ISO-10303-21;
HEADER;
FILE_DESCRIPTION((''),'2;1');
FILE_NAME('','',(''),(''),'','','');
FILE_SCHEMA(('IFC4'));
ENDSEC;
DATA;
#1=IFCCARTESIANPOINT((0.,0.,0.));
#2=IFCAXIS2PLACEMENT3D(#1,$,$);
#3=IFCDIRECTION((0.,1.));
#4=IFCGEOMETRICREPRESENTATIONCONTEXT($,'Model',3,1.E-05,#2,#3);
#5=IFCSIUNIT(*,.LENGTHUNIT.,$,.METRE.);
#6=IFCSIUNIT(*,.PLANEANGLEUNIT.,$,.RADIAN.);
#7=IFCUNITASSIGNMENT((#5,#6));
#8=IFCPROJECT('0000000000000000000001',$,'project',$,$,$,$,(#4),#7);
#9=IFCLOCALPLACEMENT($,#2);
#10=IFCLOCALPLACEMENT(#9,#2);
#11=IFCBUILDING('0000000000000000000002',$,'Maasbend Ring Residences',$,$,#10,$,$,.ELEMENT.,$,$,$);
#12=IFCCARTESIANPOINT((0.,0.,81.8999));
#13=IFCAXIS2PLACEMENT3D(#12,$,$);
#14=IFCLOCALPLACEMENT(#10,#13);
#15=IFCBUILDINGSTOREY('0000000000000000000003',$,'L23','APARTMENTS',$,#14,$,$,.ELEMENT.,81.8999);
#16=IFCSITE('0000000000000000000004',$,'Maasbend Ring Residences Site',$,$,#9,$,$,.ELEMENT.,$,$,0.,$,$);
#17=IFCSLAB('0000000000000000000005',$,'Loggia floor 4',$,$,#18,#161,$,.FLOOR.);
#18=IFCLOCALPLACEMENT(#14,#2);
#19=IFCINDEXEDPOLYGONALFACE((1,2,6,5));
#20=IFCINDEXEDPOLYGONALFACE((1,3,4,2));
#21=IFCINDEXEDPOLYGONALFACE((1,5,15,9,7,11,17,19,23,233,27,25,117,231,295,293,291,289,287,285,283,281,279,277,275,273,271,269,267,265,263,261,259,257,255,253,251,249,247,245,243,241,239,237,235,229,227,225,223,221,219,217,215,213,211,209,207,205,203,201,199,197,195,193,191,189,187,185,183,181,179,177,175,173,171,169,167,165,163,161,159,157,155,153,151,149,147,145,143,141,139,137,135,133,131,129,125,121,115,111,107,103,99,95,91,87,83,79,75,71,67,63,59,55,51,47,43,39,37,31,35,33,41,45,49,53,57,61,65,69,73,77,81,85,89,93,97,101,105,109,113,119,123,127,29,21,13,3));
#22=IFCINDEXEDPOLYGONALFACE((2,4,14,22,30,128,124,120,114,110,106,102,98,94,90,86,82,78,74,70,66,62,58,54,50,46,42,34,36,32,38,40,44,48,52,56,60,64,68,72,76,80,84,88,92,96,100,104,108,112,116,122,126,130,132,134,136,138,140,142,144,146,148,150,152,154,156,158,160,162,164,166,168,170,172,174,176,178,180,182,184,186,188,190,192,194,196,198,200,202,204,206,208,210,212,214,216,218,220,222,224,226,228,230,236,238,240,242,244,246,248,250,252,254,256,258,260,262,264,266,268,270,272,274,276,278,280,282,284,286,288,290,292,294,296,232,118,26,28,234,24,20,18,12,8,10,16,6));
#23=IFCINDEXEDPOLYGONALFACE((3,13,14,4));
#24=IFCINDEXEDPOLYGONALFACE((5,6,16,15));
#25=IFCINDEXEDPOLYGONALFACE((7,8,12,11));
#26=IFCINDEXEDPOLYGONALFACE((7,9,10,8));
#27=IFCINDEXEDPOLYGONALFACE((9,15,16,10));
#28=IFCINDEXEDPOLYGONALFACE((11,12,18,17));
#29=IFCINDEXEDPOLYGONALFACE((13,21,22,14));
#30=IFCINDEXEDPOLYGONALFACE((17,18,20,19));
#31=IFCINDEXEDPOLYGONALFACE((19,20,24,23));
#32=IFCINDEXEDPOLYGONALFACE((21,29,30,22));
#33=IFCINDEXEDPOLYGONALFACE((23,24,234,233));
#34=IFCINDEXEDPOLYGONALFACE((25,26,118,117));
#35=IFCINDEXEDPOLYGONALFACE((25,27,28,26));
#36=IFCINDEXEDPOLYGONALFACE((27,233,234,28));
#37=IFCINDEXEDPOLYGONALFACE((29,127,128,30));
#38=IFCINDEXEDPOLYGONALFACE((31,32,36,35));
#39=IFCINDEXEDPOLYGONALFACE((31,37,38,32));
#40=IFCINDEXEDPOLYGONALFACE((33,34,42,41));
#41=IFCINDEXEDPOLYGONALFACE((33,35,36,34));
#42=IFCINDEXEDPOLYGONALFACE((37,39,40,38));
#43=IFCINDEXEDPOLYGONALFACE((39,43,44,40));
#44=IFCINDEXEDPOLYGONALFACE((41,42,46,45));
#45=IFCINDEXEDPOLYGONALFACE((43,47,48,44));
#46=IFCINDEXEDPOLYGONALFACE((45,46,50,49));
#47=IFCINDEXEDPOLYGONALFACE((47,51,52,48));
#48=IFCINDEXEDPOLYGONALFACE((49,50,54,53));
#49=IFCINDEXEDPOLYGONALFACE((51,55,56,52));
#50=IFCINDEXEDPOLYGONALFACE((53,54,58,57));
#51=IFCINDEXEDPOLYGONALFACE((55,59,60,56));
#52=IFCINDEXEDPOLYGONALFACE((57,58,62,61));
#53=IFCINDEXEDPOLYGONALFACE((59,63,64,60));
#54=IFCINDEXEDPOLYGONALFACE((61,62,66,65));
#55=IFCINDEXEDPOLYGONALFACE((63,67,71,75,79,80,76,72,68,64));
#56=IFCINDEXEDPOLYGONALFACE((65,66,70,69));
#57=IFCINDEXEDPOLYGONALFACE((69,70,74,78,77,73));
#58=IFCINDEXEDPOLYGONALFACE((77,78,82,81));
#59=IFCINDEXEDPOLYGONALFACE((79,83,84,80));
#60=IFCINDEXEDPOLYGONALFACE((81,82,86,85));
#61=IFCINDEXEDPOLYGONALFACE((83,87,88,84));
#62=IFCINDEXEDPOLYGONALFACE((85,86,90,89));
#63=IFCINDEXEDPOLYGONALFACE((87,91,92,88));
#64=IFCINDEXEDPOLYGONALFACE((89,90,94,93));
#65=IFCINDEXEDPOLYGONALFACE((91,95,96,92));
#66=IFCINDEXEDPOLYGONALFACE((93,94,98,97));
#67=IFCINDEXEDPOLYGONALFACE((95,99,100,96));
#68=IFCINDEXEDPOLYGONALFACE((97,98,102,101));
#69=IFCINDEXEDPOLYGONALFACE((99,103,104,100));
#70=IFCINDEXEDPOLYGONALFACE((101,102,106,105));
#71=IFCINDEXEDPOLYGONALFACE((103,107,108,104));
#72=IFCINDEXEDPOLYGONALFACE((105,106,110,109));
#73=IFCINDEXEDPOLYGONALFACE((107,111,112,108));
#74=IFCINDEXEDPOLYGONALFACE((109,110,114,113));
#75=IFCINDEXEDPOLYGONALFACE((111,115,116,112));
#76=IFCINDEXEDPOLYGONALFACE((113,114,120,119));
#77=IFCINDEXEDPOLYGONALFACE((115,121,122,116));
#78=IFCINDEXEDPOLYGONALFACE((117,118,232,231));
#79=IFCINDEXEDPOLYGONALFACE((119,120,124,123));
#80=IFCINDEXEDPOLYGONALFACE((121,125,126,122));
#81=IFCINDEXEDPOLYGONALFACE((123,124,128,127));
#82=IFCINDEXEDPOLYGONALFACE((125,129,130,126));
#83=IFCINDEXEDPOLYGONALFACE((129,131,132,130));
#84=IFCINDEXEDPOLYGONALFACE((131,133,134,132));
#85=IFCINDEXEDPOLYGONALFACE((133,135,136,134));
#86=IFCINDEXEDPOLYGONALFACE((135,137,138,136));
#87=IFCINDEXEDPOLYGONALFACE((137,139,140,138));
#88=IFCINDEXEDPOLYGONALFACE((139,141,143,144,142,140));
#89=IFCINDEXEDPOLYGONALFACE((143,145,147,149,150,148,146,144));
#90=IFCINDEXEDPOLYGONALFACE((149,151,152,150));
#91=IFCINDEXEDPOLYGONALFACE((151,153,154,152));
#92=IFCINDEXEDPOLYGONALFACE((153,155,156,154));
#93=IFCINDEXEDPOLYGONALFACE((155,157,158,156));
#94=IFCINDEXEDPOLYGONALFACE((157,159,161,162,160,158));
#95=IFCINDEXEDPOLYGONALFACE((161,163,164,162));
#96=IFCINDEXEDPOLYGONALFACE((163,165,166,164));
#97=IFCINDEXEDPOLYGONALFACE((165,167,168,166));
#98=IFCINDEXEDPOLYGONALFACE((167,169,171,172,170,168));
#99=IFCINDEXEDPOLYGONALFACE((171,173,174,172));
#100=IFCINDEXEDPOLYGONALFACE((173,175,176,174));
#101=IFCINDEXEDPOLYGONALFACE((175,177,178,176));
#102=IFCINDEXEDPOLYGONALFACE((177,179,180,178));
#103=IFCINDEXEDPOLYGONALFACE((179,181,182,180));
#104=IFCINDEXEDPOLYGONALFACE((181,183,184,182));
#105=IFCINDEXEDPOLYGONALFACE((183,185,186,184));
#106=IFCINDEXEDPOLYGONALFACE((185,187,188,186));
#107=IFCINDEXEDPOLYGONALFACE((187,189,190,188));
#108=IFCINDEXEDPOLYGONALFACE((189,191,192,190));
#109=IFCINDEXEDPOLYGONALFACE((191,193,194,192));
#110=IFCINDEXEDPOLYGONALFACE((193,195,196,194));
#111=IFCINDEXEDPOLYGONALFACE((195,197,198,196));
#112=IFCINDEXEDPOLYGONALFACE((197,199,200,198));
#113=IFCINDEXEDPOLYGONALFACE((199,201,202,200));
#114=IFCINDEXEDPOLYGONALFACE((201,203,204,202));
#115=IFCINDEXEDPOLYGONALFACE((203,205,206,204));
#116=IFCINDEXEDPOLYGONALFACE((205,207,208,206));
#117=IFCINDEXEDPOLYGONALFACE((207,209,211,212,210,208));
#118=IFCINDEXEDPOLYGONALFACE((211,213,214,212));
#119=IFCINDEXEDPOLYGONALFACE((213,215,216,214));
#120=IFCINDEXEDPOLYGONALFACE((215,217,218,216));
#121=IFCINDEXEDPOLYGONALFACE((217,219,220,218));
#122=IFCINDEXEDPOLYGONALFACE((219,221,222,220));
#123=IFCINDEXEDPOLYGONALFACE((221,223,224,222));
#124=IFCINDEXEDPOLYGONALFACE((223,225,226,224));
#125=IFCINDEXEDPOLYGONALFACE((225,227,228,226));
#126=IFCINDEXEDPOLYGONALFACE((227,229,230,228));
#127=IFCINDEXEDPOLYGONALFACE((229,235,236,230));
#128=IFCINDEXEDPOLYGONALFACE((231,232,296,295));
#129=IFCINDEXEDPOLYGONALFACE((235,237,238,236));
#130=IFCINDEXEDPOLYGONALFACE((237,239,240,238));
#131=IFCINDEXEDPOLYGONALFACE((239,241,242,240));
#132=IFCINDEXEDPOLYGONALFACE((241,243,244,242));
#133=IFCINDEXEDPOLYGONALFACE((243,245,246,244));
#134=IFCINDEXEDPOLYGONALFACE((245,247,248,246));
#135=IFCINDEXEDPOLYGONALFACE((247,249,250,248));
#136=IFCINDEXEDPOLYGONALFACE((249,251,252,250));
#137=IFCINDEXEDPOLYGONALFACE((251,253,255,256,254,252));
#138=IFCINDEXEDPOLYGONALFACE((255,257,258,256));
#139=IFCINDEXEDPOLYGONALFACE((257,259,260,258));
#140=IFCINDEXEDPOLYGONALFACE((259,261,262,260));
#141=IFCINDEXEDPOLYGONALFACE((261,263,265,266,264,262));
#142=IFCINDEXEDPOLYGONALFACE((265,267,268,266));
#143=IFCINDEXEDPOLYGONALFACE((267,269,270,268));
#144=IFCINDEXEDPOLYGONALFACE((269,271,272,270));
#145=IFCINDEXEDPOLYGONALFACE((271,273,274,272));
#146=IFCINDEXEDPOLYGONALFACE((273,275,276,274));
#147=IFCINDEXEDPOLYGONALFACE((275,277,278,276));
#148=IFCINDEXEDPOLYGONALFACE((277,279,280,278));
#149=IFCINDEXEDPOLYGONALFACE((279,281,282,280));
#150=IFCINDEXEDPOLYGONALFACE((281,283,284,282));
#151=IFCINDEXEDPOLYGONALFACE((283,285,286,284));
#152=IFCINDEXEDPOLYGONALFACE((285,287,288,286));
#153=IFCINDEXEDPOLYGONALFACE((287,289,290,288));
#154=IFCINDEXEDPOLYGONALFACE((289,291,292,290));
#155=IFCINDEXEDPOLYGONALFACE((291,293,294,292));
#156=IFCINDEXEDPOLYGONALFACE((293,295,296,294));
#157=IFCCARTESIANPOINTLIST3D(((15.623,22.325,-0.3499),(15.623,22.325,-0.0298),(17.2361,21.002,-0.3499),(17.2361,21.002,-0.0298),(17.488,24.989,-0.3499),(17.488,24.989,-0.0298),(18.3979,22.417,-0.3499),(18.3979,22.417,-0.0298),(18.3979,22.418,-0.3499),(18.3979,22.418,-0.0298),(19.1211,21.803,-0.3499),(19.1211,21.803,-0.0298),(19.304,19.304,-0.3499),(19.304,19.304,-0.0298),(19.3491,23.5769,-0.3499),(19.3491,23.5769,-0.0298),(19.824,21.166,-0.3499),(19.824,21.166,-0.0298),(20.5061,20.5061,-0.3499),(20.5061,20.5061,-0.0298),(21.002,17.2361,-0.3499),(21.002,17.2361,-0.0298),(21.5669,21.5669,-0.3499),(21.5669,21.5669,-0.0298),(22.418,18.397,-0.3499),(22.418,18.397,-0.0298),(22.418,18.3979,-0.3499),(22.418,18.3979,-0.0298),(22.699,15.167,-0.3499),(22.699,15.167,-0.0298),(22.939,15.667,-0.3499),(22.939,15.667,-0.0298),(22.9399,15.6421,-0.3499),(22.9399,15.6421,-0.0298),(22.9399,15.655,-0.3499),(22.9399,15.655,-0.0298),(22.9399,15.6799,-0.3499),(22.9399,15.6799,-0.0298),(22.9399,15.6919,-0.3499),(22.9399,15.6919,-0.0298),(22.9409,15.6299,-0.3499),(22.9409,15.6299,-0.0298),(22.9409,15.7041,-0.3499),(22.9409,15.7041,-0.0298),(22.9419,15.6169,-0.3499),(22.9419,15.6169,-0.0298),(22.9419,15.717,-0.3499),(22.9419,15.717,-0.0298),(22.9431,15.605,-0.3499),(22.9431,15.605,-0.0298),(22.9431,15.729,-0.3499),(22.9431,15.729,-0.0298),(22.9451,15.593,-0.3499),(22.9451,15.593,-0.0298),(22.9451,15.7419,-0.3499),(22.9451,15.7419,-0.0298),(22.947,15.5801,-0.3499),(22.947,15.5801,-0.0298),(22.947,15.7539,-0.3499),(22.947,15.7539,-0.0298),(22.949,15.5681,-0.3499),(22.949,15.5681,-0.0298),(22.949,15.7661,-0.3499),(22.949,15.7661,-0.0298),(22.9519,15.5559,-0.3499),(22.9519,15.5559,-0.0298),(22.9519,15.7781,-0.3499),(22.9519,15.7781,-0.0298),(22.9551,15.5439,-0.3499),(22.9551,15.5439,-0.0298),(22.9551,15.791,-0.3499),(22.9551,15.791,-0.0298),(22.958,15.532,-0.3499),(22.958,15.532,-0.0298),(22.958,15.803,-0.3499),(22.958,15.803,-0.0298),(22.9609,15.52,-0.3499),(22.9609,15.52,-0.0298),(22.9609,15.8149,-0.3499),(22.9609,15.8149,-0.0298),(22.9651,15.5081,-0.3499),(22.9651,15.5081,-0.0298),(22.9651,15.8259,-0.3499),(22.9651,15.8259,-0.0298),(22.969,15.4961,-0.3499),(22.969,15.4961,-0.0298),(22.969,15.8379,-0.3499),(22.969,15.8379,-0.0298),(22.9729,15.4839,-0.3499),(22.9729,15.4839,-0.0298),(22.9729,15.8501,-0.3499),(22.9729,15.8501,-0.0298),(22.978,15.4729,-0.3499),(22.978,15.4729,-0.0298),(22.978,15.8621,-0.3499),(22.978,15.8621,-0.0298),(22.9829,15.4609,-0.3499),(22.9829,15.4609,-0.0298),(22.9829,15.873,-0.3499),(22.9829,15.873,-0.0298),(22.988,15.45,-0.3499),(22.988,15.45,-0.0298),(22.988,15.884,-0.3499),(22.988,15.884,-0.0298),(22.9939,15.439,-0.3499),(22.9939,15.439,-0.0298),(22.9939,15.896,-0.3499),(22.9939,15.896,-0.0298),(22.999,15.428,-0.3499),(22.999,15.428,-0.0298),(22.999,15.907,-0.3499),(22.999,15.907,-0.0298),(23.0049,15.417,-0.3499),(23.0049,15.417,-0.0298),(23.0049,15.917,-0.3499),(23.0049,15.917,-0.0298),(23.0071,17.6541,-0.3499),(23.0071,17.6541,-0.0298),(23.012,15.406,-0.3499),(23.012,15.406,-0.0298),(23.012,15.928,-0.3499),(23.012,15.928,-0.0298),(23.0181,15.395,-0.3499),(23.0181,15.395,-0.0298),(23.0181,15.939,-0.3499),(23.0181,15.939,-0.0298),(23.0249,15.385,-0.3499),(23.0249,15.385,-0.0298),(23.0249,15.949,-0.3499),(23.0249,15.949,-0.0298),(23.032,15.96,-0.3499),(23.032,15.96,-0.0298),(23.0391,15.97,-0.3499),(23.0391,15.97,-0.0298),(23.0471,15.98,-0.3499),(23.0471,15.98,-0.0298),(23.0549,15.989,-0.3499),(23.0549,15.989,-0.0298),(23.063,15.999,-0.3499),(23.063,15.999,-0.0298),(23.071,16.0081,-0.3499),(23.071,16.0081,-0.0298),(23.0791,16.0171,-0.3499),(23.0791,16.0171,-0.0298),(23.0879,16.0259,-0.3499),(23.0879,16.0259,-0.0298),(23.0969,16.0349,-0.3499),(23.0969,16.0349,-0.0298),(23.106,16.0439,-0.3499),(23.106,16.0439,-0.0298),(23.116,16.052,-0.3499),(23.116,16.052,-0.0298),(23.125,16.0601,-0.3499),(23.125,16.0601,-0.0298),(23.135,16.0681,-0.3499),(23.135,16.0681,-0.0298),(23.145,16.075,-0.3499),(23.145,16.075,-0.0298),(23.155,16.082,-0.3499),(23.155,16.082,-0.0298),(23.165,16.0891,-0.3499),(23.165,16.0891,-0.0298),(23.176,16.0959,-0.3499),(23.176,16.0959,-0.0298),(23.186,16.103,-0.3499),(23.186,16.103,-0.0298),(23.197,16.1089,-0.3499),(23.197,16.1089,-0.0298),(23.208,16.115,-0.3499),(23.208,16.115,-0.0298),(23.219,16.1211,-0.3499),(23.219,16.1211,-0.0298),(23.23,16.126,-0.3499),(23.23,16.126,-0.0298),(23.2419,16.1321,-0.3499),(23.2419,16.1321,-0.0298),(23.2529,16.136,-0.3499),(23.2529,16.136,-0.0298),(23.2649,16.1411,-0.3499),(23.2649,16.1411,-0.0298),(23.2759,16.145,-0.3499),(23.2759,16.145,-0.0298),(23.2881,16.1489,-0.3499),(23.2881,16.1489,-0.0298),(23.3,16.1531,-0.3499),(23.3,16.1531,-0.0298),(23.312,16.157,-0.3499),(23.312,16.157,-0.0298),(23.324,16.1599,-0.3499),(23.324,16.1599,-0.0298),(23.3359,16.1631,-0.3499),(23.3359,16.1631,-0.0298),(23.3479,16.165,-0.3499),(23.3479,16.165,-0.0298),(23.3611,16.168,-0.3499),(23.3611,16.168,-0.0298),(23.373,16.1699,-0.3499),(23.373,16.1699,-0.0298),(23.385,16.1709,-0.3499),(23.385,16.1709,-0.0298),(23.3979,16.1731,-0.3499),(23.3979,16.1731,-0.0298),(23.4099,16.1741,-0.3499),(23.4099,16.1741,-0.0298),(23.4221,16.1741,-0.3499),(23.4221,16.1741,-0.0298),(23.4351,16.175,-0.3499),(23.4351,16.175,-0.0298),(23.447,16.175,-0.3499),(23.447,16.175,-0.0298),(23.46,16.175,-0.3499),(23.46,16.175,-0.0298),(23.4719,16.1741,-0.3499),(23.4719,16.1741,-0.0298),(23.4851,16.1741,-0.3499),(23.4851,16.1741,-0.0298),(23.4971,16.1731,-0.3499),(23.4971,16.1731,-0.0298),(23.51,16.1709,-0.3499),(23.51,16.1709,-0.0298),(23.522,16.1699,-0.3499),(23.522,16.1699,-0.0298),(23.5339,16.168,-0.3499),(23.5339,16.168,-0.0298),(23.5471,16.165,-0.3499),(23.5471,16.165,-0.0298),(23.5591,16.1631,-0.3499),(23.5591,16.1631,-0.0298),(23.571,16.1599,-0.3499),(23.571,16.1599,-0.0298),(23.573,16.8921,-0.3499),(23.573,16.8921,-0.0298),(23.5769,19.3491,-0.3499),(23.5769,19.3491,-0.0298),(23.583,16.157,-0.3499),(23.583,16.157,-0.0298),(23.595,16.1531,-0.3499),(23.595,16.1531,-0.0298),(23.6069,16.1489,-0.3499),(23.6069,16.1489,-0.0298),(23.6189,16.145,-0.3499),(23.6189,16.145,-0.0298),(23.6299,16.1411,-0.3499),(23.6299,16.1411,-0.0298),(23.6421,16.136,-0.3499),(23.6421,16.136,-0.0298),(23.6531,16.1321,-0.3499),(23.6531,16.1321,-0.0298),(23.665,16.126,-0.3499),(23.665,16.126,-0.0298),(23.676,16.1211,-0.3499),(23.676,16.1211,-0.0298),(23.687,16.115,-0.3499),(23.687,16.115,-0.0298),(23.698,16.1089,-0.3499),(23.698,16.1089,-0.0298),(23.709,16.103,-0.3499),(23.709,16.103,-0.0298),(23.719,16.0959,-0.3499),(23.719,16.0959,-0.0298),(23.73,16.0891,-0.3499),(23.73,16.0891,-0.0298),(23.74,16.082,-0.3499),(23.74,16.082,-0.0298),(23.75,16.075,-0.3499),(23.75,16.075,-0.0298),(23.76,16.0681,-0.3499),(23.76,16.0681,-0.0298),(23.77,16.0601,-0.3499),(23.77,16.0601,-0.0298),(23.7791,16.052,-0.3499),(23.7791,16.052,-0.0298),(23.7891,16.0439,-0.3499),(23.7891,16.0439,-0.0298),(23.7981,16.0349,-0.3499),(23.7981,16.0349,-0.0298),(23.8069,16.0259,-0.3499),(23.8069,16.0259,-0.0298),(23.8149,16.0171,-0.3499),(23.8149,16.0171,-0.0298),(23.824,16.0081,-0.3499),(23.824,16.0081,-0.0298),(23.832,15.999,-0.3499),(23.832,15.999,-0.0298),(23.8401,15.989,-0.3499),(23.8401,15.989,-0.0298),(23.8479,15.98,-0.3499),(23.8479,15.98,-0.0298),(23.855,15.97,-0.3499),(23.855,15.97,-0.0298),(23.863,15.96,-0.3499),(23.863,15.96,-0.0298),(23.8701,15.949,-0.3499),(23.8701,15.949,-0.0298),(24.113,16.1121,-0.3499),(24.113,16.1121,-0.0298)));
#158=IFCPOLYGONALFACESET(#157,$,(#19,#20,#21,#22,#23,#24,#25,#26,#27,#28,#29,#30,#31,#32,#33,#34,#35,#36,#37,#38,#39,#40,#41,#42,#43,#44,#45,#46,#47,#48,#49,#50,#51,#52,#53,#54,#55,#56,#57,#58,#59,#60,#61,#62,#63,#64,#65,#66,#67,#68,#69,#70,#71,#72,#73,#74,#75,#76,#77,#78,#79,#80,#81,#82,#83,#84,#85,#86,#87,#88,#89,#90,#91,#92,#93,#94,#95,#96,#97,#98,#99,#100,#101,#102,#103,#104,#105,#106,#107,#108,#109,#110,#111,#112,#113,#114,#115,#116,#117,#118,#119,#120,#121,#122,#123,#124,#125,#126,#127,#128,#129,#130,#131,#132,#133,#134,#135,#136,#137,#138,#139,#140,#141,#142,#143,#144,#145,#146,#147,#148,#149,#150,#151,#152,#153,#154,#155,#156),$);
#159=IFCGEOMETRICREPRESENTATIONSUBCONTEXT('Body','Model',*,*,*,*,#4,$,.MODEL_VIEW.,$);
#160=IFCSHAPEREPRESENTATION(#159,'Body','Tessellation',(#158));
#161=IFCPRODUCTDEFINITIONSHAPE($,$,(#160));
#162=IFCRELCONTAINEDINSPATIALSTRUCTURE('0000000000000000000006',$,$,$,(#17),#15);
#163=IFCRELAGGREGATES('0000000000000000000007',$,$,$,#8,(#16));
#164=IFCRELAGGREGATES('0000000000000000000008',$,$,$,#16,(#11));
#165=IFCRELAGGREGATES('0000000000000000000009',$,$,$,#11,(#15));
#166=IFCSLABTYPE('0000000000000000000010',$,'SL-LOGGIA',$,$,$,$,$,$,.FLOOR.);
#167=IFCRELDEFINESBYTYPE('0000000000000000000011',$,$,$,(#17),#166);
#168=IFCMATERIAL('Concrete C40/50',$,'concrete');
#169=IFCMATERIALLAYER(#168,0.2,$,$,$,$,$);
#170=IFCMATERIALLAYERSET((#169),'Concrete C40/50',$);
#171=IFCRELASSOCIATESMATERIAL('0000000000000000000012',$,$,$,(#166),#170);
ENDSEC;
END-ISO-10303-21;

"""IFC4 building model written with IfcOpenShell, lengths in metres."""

from ifc_helpers import new_model, si_unit, direction, frame, origin, place, context, subcontext, project, spatial, polyline, outline, extrude, material, layer, layer_set, type_object, element, save


model = new_model("IFC4")

# Units and contexts
model_context = context("Model", 3, precision=1e-05, world=origin(), true_north=direction((0.0, 1.0)))
body_context = subcontext(model_context, "Body", "Model", "MODEL_VIEW")
ifc_project = project(units=[si_unit("LENGTHUNIT", "METRE"), si_unit("PLANEANGLEUNIT", "RADIAN")], contexts=[model_context])

# Site, building, storey
site_placement = place(None, origin())
site = spatial("IfcSite", under=ifc_project, at=site_placement, Name="Maasbend Ring Residences Site", CompositionType="ELEMENT", RefElevation=0.0)
building_placement = place(site_placement, origin())
building = spatial("IfcBuilding", under=site, at=building_placement, Name="Maasbend Ring Residences", CompositionType="ELEMENT")
storey_placement = place(building_placement, frame((0.0, 0.0, 81.8999)))
storey = spatial("IfcBuildingStorey", under=building, at=storey_placement, Name="L23", Description="APARTMENTS", CompositionType="ELEMENT", Elevation=81.8999)

# Slab
ifc_material_1 = material(Name="Concrete C40/50", Category="concrete")
ifc_layer_1 = layer(ifc_material_1, 0.2)
ifc_layer_set_1 = layer_set([ifc_layer_1], Name="Concrete C40/50")
slab_type_1 = type_object("IfcSlabType", Name="SL-LOGGIA", PredefinedType="FLOOR", material=ifc_layer_set_1)
slab_1_placement = place(storey_placement, frame((0.0, 0.0, -0.3499)))
element("IfcSlab", 1, at=slab_1_placement, inside=storey, type_object=slab_type_1, Name="Loggia floor 4", PredefinedType="FLOOR", context=body_context, shape_type="SweptSolid", body=[
    extrude(outline(polyline([(19.3491, 23.5769), (19.3491, 23.5769), (19.3491, 23.5769), (18.3979, 22.418), (18.3979, 22.418), (18.3979, 22.418), (18.3979, 22.418), (18.3979, 22.418), (18.3979, 22.417), (18.3979, 22.417), (18.3979, 22.417), (18.3979, 22.417), (18.3979, 22.417), (18.3979, 22.417), (18.3979, 22.417), (18.3979, 22.417), (18.3979, 22.417), (18.3979, 22.417), (18.3979, 22.417), (18.3979, 22.417), (19.1211, 21.803), (19.1211, 21.803), (19.824, 21.166), (19.824, 21.166), (20.5061, 20.5061), (20.5061, 20.5061), (20.5061, 20.5061), (20.5061, 20.5061), (20.5061, 20.5061), (20.5061, 20.5061), (20.5061, 20.5061), (20.5061, 20.5061), (20.5061, 20.5061), (20.5061, 20.5061), (20.5061, 20.5061), (20.5061, 20.5061), (20.5061, 20.5061), (20.5061, 20.5061), (20.5061, 20.5061), (20.5061, 20.5061), (20.5061, 20.5061), (21.5669, 21.5669), (21.5669, 21.5669), (21.5669, 21.5669), (23.5769, 19.3491), (23.5769, 19.3491), (23.5769, 19.3491), (22.418, 18.3979), (22.418, 18.3979), (22.418, 18.3979), (22.418, 18.3979), (22.418, 18.3979), (22.418, 18.3979), (22.418, 18.397), (22.418, 18.397), (22.418, 18.397), (22.418, 18.397), (22.418, 18.397), (22.418, 18.397), (22.418, 18.397), (22.418, 18.397), (22.418, 18.397), (22.418, 18.397), (22.418, 18.397), (23.0071, 17.6541), (23.0071, 17.6541), (23.573, 16.8921), (23.573, 16.8921), (24.113, 16.1121), (24.113, 16.1121), (24.113, 16.1121), (23.8701, 15.949), (23.8701, 15.949), (23.863, 15.96), (23.855, 15.97), (23.8479, 15.98), (23.8401, 15.989), (23.832, 15.999), (23.824, 16.0081), (23.8149, 16.0171), (23.8069, 16.0259), (23.7981, 16.0349), (23.7891, 16.0439), (23.7791, 16.052), (23.77, 16.0601), (23.76, 16.0681), (23.75, 16.075), (23.74, 16.082), (23.73, 16.0891), (23.719, 16.0959), (23.709, 16.103), (23.698, 16.1089), (23.687, 16.115), (23.676, 16.1211), (23.665, 16.126), (23.6531, 16.1321), (23.6421, 16.136), (23.6299, 16.1411), (23.6189, 16.145), (23.6069, 16.1489), (23.595, 16.1531), (23.583, 16.157), (23.571, 16.1599), (23.5591, 16.1631), (23.5471, 16.165), (23.5339, 16.168), (23.522, 16.1699), (23.51, 16.1709), (23.4971, 16.1731), (23.4851, 16.1741), (23.4719, 16.1741), (23.46, 16.175), (23.447, 16.175), (23.4351, 16.175), (23.4221, 16.1741), (23.4099, 16.1741), (23.3979, 16.1731), (23.385, 16.1709), (23.373, 16.1699), (23.3611, 16.168), (23.3479, 16.165), (23.3359, 16.1631), (23.324, 16.1599), (23.312, 16.157), (23.3, 16.1531), (23.2881, 16.1489), (23.2759, 16.145), (23.2649, 16.1411), (23.2529, 16.136), (23.2419, 16.1321), (23.23, 16.126), (23.219, 16.1211), (23.208, 16.115), (23.197, 16.1089), (23.186, 16.103), (23.176, 16.0959), (23.165, 16.0891), (23.155, 16.082), (23.145, 16.075), (23.135, 16.0681), (23.125, 16.0601), (23.116, 16.052), (23.106, 16.0439), (23.0969, 16.0349), (23.0879, 16.0259), (23.0791, 16.0171), (23.071, 16.0081), (23.063, 15.999), (23.0549, 15.989), (23.0471, 15.98), (23.0391, 15.97), (23.032, 15.96), (23.0249, 15.949), (23.0181, 15.939), (23.012, 15.928), (23.0049, 15.917), (22.999, 15.907), (22.9939, 15.896), (22.988, 15.884), (22.9829, 15.873), (22.978, 15.8621), (22.9729, 15.8501), (22.969, 15.8379), (22.9651, 15.8259), (22.9609, 15.8149), (22.958, 15.803), (22.9551, 15.791), (22.9519, 15.7781), (22.949, 15.7661), (22.947, 15.7539), (22.9451, 15.7419), (22.9431, 15.729), (22.9419, 15.717), (22.9409, 15.7041), (22.9399, 15.6919), (22.9399, 15.6799), (22.939, 15.667), (22.9399, 15.655), (22.9399, 15.6421), (22.9409, 15.6299), (22.9419, 15.6169), (22.9431, 15.605), (22.9451, 15.593), (22.947, 15.5801), (22.949, 15.5681), (22.9519, 15.5559), (22.9551, 15.5439), (22.958, 15.532), (22.9609, 15.52), (22.9651, 15.5081), (22.969, 15.4961), (22.9729, 15.4839), (22.978, 15.4729), (22.9829, 15.4609), (22.988, 15.45), (22.9939, 15.439), (22.999, 15.428), (23.0049, 15.417), (23.012, 15.406), (23.0181, 15.395), (23.0249, 15.385), (23.0249, 15.385), (22.699, 15.167), (22.699, 15.167), (22.699, 15.167), (21.002, 17.2361), (19.304, 19.304), (19.304, 19.304), (19.304, 19.304), (17.2361, 21.002), (15.623, 22.325), (15.623, 22.325), (15.623, 22.325), (17.488, 24.989), (17.488, 24.989), (17.488, 24.989), (19.3491, 23.5769)])), origin(), (0.0, 0.0, 1.0), 0.3201),
])

save(model, "model.ifc")
